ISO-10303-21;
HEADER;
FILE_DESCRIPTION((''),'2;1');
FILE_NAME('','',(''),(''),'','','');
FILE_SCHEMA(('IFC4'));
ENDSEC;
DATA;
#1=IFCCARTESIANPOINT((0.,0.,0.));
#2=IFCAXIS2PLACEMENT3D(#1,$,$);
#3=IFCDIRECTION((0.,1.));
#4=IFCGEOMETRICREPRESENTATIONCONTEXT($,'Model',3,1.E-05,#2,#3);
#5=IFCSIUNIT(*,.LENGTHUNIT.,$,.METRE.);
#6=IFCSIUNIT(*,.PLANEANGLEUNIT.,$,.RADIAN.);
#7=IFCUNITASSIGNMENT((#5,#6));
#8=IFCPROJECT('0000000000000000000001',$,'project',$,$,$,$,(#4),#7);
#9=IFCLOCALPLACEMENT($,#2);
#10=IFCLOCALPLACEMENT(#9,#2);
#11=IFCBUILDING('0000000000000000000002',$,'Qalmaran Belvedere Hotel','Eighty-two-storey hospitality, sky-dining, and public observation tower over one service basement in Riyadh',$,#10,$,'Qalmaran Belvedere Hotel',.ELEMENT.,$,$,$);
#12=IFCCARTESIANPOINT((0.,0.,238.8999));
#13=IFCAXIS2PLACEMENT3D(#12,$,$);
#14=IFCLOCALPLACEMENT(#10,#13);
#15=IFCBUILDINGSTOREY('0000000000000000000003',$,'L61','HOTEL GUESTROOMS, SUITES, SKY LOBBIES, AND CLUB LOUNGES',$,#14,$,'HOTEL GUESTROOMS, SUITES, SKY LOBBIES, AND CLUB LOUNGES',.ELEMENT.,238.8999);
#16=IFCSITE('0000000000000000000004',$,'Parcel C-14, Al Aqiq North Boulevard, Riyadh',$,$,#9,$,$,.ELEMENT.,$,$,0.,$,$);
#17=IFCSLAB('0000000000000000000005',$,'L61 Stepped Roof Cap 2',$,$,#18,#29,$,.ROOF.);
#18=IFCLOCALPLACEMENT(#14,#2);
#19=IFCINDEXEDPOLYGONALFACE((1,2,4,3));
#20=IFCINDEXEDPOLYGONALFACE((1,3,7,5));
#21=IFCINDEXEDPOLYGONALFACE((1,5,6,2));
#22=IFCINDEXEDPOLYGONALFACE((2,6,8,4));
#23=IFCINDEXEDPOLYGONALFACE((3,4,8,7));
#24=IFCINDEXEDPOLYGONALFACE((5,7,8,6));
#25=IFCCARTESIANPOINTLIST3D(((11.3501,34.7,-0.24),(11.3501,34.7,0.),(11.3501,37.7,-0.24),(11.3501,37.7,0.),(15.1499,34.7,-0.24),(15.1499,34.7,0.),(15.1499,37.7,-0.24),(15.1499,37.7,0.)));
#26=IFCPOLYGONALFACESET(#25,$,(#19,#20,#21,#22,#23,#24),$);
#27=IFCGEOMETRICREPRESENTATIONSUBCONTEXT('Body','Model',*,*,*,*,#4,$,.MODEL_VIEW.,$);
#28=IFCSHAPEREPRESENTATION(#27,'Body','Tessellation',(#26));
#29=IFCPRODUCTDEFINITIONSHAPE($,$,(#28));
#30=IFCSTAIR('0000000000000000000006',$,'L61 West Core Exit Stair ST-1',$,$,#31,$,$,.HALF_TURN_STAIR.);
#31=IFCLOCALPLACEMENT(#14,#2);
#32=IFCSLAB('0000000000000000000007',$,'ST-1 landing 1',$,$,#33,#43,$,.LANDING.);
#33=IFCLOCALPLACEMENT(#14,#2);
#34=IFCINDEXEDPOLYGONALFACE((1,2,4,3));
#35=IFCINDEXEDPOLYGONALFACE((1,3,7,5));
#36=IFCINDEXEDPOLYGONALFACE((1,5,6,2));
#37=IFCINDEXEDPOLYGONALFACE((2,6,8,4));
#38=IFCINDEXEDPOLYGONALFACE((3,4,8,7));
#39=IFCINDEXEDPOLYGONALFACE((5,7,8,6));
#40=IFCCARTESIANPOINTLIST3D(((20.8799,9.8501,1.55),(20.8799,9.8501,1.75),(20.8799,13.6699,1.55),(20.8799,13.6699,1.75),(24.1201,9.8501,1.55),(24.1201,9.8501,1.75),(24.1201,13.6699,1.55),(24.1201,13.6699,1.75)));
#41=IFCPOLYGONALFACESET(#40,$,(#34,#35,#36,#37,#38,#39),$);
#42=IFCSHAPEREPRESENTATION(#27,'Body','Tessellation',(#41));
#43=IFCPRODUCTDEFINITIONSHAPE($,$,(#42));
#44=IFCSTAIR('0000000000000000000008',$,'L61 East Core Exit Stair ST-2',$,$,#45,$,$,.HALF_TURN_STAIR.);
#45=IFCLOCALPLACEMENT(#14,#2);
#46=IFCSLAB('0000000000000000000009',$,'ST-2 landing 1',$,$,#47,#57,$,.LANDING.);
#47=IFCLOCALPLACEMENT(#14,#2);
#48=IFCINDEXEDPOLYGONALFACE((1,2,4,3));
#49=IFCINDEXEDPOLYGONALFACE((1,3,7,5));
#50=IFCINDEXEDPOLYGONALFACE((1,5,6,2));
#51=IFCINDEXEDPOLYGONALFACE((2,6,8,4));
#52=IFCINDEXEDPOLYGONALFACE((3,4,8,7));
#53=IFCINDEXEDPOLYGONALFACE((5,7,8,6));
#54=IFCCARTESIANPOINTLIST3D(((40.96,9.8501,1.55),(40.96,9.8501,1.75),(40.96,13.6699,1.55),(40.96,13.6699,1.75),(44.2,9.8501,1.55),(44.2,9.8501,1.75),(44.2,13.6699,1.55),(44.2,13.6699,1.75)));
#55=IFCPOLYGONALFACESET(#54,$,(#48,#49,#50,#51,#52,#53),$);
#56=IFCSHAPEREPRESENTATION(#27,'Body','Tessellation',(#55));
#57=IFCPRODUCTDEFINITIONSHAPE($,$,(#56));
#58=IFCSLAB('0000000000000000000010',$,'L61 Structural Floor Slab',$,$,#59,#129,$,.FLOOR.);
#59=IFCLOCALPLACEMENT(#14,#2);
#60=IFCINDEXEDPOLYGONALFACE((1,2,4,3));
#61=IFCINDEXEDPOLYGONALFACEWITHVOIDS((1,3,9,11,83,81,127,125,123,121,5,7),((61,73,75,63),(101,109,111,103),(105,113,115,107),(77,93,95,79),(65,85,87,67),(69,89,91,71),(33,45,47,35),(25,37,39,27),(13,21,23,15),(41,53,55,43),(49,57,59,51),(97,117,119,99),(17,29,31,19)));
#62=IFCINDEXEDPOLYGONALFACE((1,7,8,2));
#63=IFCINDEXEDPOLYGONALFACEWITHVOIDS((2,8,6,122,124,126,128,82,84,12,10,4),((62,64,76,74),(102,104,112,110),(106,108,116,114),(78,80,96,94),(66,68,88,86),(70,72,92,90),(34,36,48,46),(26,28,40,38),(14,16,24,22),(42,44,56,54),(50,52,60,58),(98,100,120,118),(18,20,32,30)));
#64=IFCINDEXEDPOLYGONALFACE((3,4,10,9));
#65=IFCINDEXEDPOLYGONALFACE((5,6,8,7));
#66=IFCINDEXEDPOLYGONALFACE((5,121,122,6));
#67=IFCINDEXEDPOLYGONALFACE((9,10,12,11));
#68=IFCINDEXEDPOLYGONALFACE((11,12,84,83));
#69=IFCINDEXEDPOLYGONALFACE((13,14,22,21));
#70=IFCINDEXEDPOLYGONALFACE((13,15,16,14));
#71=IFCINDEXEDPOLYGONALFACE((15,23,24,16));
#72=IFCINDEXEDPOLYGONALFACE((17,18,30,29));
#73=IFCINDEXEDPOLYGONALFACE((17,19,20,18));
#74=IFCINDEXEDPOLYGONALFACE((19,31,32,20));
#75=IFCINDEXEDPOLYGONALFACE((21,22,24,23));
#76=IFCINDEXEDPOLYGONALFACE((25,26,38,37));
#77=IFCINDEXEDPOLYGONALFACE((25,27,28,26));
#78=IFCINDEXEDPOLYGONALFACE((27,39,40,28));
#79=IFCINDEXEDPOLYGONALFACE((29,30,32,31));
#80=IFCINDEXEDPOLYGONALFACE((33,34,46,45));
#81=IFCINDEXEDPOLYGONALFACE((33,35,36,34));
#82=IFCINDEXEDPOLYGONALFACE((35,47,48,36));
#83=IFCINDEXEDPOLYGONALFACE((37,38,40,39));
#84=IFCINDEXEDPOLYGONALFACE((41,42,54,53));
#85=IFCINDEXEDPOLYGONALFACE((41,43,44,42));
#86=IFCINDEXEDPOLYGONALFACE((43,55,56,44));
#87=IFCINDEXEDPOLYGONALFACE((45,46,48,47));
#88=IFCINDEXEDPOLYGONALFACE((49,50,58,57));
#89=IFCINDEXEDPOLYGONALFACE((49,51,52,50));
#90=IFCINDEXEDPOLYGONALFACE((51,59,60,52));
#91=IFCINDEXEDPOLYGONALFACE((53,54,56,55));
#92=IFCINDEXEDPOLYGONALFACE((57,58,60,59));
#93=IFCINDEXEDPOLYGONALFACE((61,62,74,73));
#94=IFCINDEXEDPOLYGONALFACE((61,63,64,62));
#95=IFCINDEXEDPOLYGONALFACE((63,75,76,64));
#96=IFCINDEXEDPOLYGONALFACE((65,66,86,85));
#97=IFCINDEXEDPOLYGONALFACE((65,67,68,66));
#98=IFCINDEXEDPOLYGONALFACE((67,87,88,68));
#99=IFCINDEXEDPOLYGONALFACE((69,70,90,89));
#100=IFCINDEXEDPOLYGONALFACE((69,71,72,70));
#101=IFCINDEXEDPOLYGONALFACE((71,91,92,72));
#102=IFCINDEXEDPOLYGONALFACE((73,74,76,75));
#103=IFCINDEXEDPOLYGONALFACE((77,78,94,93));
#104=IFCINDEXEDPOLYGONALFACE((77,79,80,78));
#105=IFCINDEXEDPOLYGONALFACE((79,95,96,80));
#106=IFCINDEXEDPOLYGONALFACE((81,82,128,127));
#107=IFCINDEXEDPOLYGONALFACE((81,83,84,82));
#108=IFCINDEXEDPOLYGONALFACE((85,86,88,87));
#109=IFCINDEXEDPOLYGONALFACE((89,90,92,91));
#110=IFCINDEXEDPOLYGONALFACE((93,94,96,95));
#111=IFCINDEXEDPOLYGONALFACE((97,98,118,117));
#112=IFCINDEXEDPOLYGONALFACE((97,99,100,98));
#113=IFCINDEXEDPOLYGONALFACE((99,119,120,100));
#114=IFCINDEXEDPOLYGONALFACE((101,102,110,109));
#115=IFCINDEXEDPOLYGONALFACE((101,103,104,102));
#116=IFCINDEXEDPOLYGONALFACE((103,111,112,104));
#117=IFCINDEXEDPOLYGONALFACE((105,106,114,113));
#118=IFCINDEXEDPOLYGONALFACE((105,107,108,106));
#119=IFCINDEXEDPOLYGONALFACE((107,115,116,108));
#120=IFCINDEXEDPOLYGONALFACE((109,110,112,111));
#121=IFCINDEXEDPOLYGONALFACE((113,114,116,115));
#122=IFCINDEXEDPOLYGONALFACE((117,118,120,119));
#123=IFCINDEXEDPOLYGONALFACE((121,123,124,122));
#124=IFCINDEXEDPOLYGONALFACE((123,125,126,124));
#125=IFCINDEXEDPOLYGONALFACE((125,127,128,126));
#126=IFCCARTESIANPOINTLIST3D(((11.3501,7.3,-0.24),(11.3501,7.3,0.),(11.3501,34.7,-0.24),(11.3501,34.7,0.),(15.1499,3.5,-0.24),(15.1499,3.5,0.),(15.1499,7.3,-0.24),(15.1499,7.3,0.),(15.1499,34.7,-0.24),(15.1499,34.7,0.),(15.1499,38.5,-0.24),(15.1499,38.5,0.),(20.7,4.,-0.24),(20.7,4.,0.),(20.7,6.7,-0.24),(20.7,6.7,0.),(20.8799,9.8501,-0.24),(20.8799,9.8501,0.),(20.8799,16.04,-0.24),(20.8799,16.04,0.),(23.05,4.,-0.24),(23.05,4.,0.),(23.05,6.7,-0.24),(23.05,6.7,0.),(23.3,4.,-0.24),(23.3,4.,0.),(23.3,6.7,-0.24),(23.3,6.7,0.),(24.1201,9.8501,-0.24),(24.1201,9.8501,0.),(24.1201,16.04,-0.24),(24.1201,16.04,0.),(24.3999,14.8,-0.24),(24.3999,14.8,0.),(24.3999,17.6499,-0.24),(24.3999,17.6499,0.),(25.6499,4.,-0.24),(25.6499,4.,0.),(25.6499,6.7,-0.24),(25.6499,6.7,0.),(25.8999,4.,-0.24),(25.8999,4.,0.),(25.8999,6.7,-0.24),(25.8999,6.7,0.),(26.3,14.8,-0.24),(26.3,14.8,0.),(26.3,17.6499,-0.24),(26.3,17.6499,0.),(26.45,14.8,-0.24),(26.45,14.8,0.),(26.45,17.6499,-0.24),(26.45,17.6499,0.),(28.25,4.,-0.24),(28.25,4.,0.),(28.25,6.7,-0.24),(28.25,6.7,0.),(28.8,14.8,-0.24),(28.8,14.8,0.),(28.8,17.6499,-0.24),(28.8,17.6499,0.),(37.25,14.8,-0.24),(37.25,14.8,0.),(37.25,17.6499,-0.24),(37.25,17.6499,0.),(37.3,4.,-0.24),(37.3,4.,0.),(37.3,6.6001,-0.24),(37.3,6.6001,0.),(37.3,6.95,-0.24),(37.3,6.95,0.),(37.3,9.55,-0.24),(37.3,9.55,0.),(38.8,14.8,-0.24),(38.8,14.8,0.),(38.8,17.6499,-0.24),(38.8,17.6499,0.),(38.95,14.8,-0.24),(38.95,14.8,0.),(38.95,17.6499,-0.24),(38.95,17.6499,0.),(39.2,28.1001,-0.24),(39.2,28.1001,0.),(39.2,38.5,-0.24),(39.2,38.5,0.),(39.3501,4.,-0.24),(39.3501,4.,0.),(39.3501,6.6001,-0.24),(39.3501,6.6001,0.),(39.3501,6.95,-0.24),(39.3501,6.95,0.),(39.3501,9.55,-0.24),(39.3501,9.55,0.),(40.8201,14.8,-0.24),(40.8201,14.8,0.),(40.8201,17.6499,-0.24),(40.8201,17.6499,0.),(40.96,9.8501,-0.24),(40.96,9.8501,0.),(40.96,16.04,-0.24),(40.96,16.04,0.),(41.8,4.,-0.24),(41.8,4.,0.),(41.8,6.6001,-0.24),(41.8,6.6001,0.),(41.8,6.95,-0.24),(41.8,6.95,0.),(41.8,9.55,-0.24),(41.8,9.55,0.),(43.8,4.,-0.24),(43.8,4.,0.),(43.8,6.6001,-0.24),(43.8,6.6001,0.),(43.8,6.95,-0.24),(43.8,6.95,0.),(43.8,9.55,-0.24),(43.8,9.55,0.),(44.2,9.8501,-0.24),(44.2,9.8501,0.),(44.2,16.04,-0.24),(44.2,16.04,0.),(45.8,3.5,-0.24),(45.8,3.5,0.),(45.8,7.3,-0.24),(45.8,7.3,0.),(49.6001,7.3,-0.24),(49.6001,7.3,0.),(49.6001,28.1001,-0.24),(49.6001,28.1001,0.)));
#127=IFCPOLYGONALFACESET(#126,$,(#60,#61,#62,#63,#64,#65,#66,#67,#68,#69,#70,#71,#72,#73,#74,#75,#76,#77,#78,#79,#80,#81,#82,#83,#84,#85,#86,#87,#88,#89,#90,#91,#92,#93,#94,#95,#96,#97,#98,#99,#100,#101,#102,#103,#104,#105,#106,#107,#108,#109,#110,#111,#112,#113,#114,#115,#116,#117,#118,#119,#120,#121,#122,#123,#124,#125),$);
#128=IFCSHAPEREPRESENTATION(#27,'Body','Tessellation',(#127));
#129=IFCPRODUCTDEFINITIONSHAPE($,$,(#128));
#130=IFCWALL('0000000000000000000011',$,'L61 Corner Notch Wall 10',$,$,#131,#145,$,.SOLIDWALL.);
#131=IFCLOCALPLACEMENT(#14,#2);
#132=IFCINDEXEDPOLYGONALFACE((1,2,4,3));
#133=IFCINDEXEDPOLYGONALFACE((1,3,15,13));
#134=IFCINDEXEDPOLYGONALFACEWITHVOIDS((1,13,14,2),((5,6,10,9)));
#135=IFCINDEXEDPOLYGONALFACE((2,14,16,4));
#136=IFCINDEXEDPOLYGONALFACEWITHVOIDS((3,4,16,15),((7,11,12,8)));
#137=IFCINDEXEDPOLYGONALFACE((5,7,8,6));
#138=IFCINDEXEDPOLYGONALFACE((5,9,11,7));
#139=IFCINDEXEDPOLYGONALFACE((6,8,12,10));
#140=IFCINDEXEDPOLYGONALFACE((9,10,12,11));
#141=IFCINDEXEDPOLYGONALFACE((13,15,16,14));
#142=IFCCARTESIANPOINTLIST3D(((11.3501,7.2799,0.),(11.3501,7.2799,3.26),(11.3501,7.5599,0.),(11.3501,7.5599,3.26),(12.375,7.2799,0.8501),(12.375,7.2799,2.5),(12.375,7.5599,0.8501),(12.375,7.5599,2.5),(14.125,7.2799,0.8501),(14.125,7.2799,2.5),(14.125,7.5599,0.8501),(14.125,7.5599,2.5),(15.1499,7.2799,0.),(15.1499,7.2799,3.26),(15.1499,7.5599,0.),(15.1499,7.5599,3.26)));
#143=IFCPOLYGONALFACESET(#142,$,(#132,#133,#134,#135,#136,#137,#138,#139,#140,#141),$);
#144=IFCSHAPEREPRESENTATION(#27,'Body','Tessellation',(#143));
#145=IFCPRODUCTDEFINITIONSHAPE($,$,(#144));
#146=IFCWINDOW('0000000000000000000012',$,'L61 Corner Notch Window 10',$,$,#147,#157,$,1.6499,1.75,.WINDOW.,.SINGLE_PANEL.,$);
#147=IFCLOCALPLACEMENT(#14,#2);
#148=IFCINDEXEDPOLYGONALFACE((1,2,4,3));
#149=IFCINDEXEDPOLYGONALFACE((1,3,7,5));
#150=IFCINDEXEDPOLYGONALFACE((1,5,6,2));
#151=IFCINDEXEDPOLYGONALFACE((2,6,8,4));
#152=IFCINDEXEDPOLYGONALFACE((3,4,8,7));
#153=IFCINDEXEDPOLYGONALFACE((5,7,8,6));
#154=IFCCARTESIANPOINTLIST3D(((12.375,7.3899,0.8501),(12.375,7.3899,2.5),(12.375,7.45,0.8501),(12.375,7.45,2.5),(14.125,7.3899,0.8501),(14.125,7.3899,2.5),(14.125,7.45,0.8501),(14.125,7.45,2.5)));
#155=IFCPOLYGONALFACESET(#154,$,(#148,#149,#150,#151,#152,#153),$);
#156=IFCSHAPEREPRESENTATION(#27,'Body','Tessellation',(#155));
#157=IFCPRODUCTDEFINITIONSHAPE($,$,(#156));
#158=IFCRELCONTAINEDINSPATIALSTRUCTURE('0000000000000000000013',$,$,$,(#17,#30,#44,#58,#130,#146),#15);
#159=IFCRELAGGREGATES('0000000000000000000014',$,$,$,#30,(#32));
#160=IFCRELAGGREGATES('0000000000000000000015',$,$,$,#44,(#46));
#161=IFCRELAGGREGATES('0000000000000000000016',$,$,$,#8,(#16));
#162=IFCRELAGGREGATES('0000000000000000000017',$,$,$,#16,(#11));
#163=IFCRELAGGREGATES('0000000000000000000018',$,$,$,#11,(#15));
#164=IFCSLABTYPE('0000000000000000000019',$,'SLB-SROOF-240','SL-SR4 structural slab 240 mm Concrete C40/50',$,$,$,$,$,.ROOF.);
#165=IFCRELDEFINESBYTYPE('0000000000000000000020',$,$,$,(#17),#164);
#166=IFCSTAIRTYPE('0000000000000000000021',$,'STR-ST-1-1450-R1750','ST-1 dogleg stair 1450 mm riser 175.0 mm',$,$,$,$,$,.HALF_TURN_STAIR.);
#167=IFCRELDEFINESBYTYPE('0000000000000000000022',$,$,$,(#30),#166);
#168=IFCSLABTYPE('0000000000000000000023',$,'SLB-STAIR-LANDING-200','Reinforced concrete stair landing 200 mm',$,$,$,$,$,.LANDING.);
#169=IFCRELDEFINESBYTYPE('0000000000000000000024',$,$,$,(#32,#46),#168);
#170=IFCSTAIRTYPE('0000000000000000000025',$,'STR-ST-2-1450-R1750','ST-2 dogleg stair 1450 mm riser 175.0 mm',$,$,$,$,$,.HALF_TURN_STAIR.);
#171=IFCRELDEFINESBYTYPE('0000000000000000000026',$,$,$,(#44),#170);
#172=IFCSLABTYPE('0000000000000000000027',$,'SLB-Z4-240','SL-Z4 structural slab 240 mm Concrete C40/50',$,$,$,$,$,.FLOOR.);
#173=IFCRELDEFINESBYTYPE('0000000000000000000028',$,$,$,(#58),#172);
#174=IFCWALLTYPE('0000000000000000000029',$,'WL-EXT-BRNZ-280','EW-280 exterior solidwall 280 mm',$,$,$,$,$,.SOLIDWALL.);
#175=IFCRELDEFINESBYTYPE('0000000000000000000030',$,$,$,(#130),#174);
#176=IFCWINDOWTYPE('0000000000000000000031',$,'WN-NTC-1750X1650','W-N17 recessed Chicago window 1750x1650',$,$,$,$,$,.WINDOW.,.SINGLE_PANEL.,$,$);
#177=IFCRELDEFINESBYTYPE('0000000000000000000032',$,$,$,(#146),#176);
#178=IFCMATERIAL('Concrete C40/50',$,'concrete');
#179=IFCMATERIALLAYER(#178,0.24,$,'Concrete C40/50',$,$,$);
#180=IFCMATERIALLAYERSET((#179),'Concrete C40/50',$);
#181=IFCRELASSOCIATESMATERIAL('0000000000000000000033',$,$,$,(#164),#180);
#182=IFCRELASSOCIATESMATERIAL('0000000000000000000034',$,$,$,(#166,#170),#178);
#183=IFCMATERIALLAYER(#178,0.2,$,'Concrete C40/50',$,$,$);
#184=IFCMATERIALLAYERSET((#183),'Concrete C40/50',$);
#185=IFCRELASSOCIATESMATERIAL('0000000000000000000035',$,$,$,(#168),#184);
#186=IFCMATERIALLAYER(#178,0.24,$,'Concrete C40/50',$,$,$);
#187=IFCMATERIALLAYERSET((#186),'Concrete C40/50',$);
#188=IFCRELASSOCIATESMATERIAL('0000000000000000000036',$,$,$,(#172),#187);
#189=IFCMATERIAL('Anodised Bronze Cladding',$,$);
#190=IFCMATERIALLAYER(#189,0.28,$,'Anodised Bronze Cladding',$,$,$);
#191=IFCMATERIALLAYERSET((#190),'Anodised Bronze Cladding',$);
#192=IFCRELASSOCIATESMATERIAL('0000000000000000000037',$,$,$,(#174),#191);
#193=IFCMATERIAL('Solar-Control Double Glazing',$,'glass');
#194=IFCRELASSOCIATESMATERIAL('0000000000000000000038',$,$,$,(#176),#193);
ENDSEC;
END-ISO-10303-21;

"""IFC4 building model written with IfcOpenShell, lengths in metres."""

from ifc_helpers import new_model, si_unit, direction, frame, frame_2d, origin, place, context, subcontext, project, spatial, polyline, rectangle, outline, extrude, material, layer, layer_set, type_object, element, fill, aggregate, save


model = new_model("IFC4")

# Units and contexts
model_context = context("Model", 3, precision=1e-05, world=origin(), true_north=direction((0.0, 1.0)))
body_context = subcontext(model_context, "Body", "Model", "MODEL_VIEW")
ifc_project = project(units=[si_unit("LENGTHUNIT", "METRE"), si_unit("PLANEANGLEUNIT", "RADIAN")], contexts=[model_context])

# Site, building, storey
site_placement = place(None, origin())
site = spatial("IfcSite", under=ifc_project, at=site_placement, Name="Parcel C-14, Al Aqiq North Boulevard, Riyadh", CompositionType="ELEMENT", RefElevation=0.0)
building_placement = place(site_placement, origin())
building = spatial("IfcBuilding", under=site, at=building_placement, Name="Qalmaran Belvedere Hotel", Description="Eighty-two-storey hospitality, sky-dining, and public observation tower over one service basement in Riyadh", LongName="Qalmaran Belvedere Hotel", CompositionType="ELEMENT")
storey_placement = place(building_placement, frame((0.0, 0.0, 238.8999)))
storey = spatial("IfcBuildingStorey", under=building, at=storey_placement, Name="L61", Description="HOTEL GUESTROOMS, SUITES, SKY LOBBIES, AND CLUB LOUNGES", LongName="HOTEL GUESTROOMS, SUITES, SKY LOBBIES, AND CLUB LOUNGES", CompositionType="ELEMENT", Elevation=238.8999)

# Shared definitions
ifc_material_1 = material(Name="Solar-Control Double Glazing", Category="glass")

# Slab
ifc_material_2 = material(Name="Concrete C40/50", Category="concrete")
ifc_layer_1 = layer(ifc_material_2, 0.24, Name="Concrete C40/50")
ifc_layer_set_1 = layer_set([ifc_layer_1], Name="Concrete C40/50")
slab_type_1 = type_object("IfcSlabType", Name="SLB-SROOF-240", Description="SL-SR4 structural slab 240 mm Concrete C40/50", PredefinedType="ROOF", material=ifc_layer_set_1)
slab_1_placement = place(storey_placement, frame((0.0, 0.0, -0.24)))
element("IfcSlab", 1, at=slab_1_placement, inside=storey, type_object=slab_type_1, Name="L61 Stepped Roof Cap 2", PredefinedType="ROOF", context=body_context, shape_type="SweptSolid", body=[
    extrude(outline(polyline([(11.3501, 37.7), (15.1499, 37.7), (15.1499, 34.7), (11.3501, 34.7), (11.3501, 37.7)])), origin(), (0.0, 0.0, 1.0), 0.24),
])

# Stairs, slabs
stair_type_1 = type_object("IfcStairType", Name="STR-ST-1-1450-R1750", Description="ST-1 dogleg stair 1450 mm riser 175.0 mm", PredefinedType="HALF_TURN_STAIR", material=ifc_material_2)
stair_1_placement = place(storey_placement, origin())
stair_1 = element("IfcStair", 2, at=stair_1_placement, inside=storey, type_object=stair_type_1, Name="L61 West Core Exit Stair ST-1", PredefinedType="HALF_TURN_STAIR")
ifc_layer_2 = layer(ifc_material_2, 0.2, Name="Concrete C40/50")
ifc_layer_set_2 = layer_set([ifc_layer_2], Name="Concrete C40/50")
slab_type_2 = type_object("IfcSlabType", Name="SLB-STAIR-LANDING-200", Description="Reinforced concrete stair landing 200 mm", PredefinedType="LANDING", material=ifc_layer_set_2)
slab_2_placement = place(storey_placement, frame((0.0, 0.0, 1.55)))
slab_2 = element("IfcSlab", 3, at=slab_2_placement, type_object=slab_type_2, Name="ST-1 landing 1", PredefinedType="LANDING", context=body_context, shape_type="SweptSolid", body=[
    extrude(outline(polyline([(20.8799, 13.6699), (20.8799, 9.8501), (24.1201, 9.8501), (24.1201, 13.6699), (20.8799, 13.6699)])), origin(), (0.0, 0.0, 1.0), 0.2),
])
aggregate(stair_1, [slab_2])
stair_type_2 = type_object("IfcStairType", Name="STR-ST-2-1450-R1750", Description="ST-2 dogleg stair 1450 mm riser 175.0 mm", PredefinedType="HALF_TURN_STAIR", material=ifc_material_2)
stair_2_placement = place(storey_placement, origin())
stair_2 = element("IfcStair", 4, at=stair_2_placement, inside=storey, type_object=stair_type_2, Name="L61 East Core Exit Stair ST-2", PredefinedType="HALF_TURN_STAIR")
slab_3_placement = place(storey_placement, frame((0.0, 0.0, 1.55)))
slab_3 = element("IfcSlab", 5, at=slab_3_placement, type_object=slab_type_2, Name="ST-2 landing 1", PredefinedType="LANDING", context=body_context, shape_type="SweptSolid", body=[
    extrude(outline(polyline([(40.96, 13.6699), (40.96, 9.8501), (44.2, 9.8501), (44.2, 13.6699), (40.96, 13.6699)])), origin(), (0.0, 0.0, 1.0), 0.2),
])
aggregate(stair_2, [slab_3])

# Slab
ifc_layer_3 = layer(ifc_material_2, 0.24, Name="Concrete C40/50")
ifc_layer_set_3 = layer_set([ifc_layer_3], Name="Concrete C40/50")
slab_type_3 = type_object("IfcSlabType", Name="SLB-Z4-240", Description="SL-Z4 structural slab 240 mm Concrete C40/50", PredefinedType="FLOOR", material=ifc_layer_set_3)
slab_4_placement = place(storey_placement, frame((0.0, 0.0, -0.24)))
element("IfcSlab", 6, at=slab_4_placement, inside=storey, type_object=slab_type_3, Name="L61 Structural Floor Slab", PredefinedType="FLOOR", context=body_context, shape_type="SweptSolid", body=[
    extrude(outline(polyline([(15.1499, 3.5), (45.8, 3.5), (45.8, 7.3), (49.6001, 7.3), (49.6001, 28.1001), (39.2, 28.1001), (39.2, 38.5), (15.1499, 38.5), (15.1499, 34.7), (11.3501, 34.7), (11.3501, 7.3), (15.1499, 7.3), (15.1499, 3.5)]), holes=[polyline([(20.8799, 9.8501), (24.1201, 9.8501), (24.1201, 16.04), (20.8799, 16.04), (20.8799, 9.8501)]), polyline([(40.96, 9.8501), (44.2, 9.8501), (44.2, 16.04), (40.96, 16.04), (40.96, 9.8501)]), polyline([(37.3, 4.0), (39.3501, 4.0), (39.3501, 6.6001), (37.3, 6.6001), (37.3, 4.0)]), polyline([(37.3, 6.95), (39.3501, 6.95), (39.3501, 9.55), (37.3, 9.55), (37.3, 6.95)]), polyline([(41.8, 4.0), (43.8, 4.0), (43.8, 6.6001), (41.8, 6.6001), (41.8, 4.0)]), polyline([(41.8, 6.95), (43.8, 6.95), (43.8, 9.55), (41.8, 9.55), (41.8, 6.95)]), polyline([(20.7, 4.0), (23.05, 4.0), (23.05, 6.7), (20.7, 6.7), (20.7, 4.0)]), polyline([(23.3, 4.0), (25.6499, 4.0), (25.6499, 6.7), (23.3, 6.7), (23.3, 4.0)]), polyline([(25.8999, 4.0), (28.25, 4.0), (28.25, 6.7), (25.8999, 6.7), (25.8999, 4.0)]), polyline([(24.3999, 14.8), (26.3, 14.8), (26.3, 17.6499), (24.3999, 17.6499), (24.3999, 14.8)]), polyline([(38.95, 14.8), (40.8201, 14.8), (40.8201, 17.6499), (38.95, 17.6499), (38.95, 14.8)]), polyline([(26.45, 14.8), (28.8, 14.8), (28.8, 17.6499), (26.45, 17.6499), (26.45, 14.8)]), polyline([(37.25, 14.8), (38.8, 14.8), (38.8, 17.6499), (37.25, 17.6499), (37.25, 14.8)])]), origin(), (0.0, 0.0, 1.0), 0.24),
])

# Wall, opening, window
ifc_material_3 = material(Name="Anodised Bronze Cladding")
ifc_layer_4 = layer(ifc_material_3, 0.28, Name="Anodised Bronze Cladding")
ifc_layer_set_4 = layer_set([ifc_layer_4], Name="Anodised Bronze Cladding")
wall_type_1 = type_object("IfcWallType", Name="WL-EXT-BRNZ-280", Description="EW-280 exterior solidwall 280 mm", PredefinedType="SOLIDWALL", material=ifc_layer_set_4)
wall_1_placement = place(storey_placement, frame((11.3501, 7.4199, 0.0), z_axis=(0.0, 0.0, 1.0), x_axis=(1.0, 0.0, 0.0)))
wall_1 = element("IfcWall", 7, at=wall_1_placement, inside=storey, type_object=wall_type_1, Name="L61 Corner Notch Wall 10", PredefinedType="SOLIDWALL", context=body_context, shape_type="SweptSolid", body=[
    extrude(rectangle(XDim=3.7998, YDim=0.28, at=frame_2d((1.8999, 0.0))), origin(), (0.0, 0.0, 1.0), 3.26),
])
opening_1_placement = place(wall_1_placement, frame((1.0249, 0.0, 0.8501)))
opening_1 = element("IfcOpeningElement", 8, at=opening_1_placement, cuts=wall_1, PredefinedType="OPENING", context=body_context, shape_type="SweptSolid", body=[
    extrude(rectangle(XDim=1.75, YDim=1.6499, at=frame_2d((0.875, 0.825))), frame((0.0, 0.1499, 0.0), z_axis=(0.0, -1.0, 0.0), x_axis=(1.0, 0.0, 0.0)), (0.0, 0.0, 1.0), 0.3),
])
window_type = type_object("IfcWindowType", Name="WN-NTC-1750X1650", Description="W-N17 recessed Chicago window 1750x1650", PartitioningType="SINGLE_PANEL", PredefinedType="WINDOW", material=ifc_material_1)
window_placement = place(opening_1_placement, origin())
window = element("IfcWindow", 9, at=window_placement, inside=storey, type_object=window_type, Name="L61 Corner Notch Window 10", OverallHeight=1.6499, OverallWidth=1.75, PartitioningType="SINGLE_PANEL", PredefinedType="WINDOW", context=body_context, shape_type="SweptSolid", body=[
    extrude(rectangle(XDim=1.75, YDim=1.6499, at=frame_2d((0.875, 0.825))), frame((0.0, 0.03, 0.0), z_axis=(0.0, -1.0, 0.0), x_axis=(1.0, 0.0, 0.0)), (0.0, 0.0, 1.0), 0.0601),
])
fill(opening_1, window)

save(model, "model.ifc")
